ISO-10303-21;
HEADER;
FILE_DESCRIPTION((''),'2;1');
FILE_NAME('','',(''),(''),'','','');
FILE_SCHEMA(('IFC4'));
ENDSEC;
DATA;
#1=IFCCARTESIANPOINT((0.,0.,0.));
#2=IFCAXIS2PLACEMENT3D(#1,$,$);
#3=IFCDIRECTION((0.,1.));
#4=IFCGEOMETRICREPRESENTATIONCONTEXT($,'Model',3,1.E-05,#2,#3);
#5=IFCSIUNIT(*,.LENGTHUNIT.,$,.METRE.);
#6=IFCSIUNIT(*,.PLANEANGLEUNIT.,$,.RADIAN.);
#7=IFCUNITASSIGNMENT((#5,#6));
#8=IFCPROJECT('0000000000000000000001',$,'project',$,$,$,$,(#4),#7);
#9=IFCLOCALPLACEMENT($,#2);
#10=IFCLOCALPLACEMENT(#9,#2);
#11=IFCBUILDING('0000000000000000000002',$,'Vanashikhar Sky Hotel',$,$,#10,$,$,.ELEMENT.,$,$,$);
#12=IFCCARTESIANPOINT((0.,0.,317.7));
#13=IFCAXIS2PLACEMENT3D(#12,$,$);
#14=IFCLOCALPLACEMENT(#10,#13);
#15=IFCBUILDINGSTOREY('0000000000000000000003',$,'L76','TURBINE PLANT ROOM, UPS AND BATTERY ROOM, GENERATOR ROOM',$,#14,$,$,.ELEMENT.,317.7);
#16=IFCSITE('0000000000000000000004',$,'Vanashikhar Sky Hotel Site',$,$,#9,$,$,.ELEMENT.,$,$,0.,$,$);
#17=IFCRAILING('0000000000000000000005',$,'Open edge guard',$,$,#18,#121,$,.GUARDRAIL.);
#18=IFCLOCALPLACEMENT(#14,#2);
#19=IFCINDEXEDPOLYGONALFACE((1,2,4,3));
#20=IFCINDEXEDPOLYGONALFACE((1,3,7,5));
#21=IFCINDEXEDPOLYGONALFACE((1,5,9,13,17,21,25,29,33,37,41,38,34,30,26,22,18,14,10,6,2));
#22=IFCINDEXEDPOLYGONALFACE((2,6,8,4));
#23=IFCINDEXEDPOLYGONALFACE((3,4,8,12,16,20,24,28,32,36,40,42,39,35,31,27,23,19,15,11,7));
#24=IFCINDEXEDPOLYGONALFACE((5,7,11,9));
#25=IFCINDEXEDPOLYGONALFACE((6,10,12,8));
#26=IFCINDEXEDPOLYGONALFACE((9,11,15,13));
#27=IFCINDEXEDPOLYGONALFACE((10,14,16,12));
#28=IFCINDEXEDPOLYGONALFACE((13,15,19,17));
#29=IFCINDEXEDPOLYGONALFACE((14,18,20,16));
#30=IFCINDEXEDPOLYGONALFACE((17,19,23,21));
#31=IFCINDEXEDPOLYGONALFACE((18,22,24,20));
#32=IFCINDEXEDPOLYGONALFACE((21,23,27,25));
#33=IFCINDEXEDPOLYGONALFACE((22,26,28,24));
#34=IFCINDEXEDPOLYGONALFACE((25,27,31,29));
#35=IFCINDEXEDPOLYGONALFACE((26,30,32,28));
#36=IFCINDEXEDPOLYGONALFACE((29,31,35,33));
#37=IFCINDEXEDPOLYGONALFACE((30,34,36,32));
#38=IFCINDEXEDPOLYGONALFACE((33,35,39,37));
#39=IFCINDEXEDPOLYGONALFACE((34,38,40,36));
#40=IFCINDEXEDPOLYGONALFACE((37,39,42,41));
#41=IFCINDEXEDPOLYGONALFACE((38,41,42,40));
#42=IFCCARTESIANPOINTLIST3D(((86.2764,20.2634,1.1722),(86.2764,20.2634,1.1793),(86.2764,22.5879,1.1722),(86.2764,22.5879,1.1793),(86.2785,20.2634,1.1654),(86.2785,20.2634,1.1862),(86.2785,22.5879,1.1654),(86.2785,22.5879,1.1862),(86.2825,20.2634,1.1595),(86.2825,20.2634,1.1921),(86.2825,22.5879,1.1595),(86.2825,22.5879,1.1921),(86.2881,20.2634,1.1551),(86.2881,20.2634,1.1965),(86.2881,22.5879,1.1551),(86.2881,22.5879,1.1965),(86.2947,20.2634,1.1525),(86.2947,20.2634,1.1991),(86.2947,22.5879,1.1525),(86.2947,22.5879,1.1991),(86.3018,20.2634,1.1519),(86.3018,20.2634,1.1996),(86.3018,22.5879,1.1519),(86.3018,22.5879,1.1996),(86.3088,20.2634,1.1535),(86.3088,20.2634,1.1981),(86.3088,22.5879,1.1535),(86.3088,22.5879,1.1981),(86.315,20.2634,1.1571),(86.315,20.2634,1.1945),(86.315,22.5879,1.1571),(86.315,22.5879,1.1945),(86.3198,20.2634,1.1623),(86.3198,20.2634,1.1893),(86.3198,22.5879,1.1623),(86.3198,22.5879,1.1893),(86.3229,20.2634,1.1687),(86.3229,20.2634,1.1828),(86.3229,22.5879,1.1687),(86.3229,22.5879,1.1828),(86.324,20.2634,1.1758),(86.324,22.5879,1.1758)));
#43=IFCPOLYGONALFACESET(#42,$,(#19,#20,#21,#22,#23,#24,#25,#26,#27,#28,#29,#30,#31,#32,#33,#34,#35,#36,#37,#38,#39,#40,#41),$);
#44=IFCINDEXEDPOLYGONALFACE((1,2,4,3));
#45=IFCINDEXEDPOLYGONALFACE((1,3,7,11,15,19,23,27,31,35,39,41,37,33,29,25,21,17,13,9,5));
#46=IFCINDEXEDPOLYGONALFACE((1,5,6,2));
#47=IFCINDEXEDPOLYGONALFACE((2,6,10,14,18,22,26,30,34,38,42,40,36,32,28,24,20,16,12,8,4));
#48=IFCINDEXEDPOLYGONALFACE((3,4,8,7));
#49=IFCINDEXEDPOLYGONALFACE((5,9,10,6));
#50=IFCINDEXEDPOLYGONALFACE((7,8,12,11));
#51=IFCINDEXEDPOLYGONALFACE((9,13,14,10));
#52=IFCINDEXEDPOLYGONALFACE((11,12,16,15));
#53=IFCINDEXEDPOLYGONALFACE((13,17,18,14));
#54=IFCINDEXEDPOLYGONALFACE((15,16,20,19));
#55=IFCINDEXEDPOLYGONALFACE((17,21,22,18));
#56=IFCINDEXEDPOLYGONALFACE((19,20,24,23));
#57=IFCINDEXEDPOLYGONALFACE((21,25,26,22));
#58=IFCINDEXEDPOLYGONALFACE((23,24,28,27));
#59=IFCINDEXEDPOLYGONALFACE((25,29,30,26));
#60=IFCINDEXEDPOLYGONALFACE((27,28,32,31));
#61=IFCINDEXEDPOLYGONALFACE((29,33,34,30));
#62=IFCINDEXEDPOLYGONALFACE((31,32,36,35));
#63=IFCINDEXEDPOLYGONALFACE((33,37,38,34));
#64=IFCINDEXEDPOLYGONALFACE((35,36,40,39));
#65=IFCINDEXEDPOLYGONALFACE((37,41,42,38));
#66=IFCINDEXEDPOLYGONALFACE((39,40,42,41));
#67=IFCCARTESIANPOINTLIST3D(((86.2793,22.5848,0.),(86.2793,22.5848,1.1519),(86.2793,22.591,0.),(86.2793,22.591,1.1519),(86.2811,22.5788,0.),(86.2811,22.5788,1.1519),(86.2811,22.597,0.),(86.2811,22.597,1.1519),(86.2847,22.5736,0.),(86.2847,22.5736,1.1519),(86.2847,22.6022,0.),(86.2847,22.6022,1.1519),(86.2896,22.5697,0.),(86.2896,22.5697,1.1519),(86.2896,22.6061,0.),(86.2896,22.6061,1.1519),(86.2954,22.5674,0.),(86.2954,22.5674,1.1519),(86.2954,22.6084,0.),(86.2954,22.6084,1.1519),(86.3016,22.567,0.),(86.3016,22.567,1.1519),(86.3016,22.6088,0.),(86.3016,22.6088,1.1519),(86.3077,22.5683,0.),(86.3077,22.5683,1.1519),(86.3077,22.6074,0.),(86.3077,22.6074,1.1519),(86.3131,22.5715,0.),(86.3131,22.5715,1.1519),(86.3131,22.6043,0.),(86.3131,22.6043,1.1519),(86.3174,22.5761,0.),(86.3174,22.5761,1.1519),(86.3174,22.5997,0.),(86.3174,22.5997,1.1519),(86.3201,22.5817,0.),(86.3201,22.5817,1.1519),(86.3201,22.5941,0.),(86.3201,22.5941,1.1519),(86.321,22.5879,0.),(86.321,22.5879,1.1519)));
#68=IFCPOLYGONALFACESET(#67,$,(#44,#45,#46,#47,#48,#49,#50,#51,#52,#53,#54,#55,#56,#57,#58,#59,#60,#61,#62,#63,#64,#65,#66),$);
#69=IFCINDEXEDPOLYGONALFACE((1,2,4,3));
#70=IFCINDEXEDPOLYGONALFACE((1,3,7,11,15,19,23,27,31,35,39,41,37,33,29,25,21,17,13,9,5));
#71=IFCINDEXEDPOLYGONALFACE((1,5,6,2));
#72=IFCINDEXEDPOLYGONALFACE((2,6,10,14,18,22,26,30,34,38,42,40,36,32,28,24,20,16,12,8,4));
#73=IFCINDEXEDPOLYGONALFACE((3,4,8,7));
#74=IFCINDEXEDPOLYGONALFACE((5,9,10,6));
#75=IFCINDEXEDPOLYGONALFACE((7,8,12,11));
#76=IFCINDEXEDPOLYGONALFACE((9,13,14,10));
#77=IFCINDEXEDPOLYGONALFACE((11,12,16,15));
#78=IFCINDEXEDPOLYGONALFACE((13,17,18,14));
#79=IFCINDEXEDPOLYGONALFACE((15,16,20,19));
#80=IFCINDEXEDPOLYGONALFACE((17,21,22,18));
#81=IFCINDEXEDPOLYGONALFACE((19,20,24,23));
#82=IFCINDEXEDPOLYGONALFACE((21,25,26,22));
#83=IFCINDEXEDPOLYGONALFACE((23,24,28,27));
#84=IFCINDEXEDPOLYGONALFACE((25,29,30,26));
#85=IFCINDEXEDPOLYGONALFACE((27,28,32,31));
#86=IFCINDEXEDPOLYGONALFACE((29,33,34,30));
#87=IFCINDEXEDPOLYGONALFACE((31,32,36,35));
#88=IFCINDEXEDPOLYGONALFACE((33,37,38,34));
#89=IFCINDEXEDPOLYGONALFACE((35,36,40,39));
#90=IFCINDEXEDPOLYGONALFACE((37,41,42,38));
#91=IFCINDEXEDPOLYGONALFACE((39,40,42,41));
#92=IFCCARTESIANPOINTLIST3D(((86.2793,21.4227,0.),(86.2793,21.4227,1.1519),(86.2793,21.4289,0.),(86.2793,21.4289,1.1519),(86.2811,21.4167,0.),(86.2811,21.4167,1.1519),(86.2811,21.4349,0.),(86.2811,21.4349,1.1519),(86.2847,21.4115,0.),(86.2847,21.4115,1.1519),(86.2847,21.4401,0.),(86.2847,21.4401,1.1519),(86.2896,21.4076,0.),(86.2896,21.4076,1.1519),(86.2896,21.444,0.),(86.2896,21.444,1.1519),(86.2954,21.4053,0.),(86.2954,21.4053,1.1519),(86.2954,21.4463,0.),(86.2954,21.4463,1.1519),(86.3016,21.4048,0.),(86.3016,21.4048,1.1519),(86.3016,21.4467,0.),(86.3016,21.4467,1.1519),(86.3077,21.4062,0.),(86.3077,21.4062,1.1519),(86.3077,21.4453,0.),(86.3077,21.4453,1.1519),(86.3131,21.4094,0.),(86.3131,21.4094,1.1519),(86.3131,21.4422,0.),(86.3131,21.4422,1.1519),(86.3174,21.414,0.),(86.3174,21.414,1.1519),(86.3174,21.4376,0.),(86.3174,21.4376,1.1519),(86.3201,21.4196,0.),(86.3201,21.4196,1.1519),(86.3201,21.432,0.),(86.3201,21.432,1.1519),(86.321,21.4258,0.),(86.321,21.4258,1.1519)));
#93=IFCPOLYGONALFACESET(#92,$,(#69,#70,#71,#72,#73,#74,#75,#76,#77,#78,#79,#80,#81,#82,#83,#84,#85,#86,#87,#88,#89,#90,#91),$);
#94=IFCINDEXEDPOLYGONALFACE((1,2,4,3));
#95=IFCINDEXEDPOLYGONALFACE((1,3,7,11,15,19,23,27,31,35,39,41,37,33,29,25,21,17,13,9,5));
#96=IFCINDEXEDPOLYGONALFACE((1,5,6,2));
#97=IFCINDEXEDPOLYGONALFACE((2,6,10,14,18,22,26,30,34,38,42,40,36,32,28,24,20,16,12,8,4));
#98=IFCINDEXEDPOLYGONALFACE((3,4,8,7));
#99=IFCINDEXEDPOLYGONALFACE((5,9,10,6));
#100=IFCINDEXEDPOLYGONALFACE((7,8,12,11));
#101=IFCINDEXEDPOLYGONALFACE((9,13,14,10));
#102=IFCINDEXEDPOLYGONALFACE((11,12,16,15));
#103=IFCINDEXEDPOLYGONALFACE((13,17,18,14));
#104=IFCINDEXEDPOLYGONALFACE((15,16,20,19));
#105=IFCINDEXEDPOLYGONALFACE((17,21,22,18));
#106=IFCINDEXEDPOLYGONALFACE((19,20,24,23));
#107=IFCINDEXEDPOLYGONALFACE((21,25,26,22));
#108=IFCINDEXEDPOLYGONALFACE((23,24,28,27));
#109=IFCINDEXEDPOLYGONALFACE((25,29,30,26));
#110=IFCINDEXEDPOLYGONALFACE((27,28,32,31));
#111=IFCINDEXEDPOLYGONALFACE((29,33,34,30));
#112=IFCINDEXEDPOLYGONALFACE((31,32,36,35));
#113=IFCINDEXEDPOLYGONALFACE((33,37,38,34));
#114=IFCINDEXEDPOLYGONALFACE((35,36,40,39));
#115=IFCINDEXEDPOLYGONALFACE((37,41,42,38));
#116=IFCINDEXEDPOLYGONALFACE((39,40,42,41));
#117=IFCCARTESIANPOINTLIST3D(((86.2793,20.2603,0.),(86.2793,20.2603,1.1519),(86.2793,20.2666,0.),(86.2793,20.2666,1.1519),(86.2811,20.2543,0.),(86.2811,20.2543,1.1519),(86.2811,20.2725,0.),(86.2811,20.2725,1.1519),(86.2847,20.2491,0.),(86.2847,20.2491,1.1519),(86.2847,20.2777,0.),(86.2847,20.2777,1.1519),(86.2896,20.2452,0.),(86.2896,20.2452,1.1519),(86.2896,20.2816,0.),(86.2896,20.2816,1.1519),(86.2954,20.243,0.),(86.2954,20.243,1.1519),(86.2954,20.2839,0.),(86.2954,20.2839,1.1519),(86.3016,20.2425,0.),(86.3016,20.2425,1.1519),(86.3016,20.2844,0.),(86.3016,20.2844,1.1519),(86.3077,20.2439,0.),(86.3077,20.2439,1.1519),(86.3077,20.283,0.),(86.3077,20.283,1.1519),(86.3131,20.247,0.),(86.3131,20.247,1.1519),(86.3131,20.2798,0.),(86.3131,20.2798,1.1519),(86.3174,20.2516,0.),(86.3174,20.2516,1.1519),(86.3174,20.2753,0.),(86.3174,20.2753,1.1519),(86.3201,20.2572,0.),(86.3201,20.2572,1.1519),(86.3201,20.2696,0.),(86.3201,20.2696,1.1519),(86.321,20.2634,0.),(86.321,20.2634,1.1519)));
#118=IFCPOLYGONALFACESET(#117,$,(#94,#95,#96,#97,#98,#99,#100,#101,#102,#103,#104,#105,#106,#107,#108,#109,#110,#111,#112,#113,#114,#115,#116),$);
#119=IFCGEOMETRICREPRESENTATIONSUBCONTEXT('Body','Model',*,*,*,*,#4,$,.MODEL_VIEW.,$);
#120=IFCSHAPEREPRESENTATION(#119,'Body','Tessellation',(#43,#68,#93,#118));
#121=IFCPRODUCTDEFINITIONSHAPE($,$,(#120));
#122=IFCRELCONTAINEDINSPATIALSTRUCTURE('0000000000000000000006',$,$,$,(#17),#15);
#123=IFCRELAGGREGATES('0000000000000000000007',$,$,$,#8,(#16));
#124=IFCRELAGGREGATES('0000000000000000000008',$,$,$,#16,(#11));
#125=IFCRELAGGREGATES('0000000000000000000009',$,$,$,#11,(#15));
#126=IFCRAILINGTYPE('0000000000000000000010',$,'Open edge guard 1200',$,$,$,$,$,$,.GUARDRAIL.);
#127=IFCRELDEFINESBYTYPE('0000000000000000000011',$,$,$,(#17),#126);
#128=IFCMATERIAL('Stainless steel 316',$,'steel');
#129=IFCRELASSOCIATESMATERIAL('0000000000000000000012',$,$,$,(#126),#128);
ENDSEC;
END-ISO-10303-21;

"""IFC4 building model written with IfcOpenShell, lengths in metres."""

from ifc_helpers import new_model, si_unit, direction, frame, origin, origin_2d, place, context, subcontext, project, spatial, circle, extrude, source, transform, mapped, material, type_object, element, save


model = new_model("IFC4")

# Units and contexts
model_context = context("Model", 3, precision=1e-05, world=origin(), true_north=direction((0.0, 1.0)))
body_context = subcontext(model_context, "Body", "Model", "MODEL_VIEW")
ifc_project = project(units=[si_unit("LENGTHUNIT", "METRE"), si_unit("PLANEANGLEUNIT", "RADIAN")], contexts=[model_context])

# Site, building, storey
site_placement = place(None, origin())
site = spatial("IfcSite", under=ifc_project, at=site_placement, Name="Vanashikhar Sky Hotel Site", CompositionType="ELEMENT", RefElevation=0.0)
building_placement = place(site_placement, origin())
building = spatial("IfcBuilding", under=site, at=building_placement, Name="Vanashikhar Sky Hotel", CompositionType="ELEMENT")
storey_placement = place(building_placement, frame((0.0, 0.0, 317.7)))
storey = spatial("IfcBuildingStorey", under=building, at=storey_placement, Name="L76", Description="TURBINE PLANT ROOM, UPS AND BATTERY ROOM, GENERATOR ROOM", CompositionType="ELEMENT", Elevation=317.7)

# Railing
ifc_material_1 = material(Name="Stainless steel 316", Category="steel")
railing_type_1 = type_object("IfcRailingType", Name="Open edge guard 1200", PredefinedType="GUARDRAIL", material=ifc_material_1)
shared_shape_1 = source(origin(), body_context, "Body", "SweptSolid", [
    extrude(circle(Radius=0.0239, at=origin_2d()), frame((0.0, 0.0, 1.1758), z_axis=(0.0, -1.0, 0.0), x_axis=(1.0, 0.0, 0.0)), (0.0, 0.0, 1.0), 2.3245),
    extrude(circle(Radius=0.021, at=origin_2d()), origin(), (0.0, 0.0, 1.0), 1.1519),
    extrude(circle(Radius=0.021, at=origin_2d()), frame((0.0, -1.1621, 0.0)), (0.0, 0.0, 1.0), 1.1519),
    extrude(circle(Radius=0.021, at=origin_2d()), frame((0.0, -2.3245, 0.0)), (0.0, 0.0, 1.0), 1.1519),
])
for number, where, name in (
    (1, (86.3, 22.5879, 0.0), "Open edge guard"),
):
    element("IfcRailing", number, at=place(storey_placement, frame(where)), inside=storey, type_object=railing_type_1, Name=name, PredefinedType="GUARDRAIL", context=body_context, shape_type="MappedRepresentation", body=[
        mapped(shared_shape_1, transform((0.0, 0.0, 0.0), scale=1.0)),
    ])

save(model, "model.ifc")
